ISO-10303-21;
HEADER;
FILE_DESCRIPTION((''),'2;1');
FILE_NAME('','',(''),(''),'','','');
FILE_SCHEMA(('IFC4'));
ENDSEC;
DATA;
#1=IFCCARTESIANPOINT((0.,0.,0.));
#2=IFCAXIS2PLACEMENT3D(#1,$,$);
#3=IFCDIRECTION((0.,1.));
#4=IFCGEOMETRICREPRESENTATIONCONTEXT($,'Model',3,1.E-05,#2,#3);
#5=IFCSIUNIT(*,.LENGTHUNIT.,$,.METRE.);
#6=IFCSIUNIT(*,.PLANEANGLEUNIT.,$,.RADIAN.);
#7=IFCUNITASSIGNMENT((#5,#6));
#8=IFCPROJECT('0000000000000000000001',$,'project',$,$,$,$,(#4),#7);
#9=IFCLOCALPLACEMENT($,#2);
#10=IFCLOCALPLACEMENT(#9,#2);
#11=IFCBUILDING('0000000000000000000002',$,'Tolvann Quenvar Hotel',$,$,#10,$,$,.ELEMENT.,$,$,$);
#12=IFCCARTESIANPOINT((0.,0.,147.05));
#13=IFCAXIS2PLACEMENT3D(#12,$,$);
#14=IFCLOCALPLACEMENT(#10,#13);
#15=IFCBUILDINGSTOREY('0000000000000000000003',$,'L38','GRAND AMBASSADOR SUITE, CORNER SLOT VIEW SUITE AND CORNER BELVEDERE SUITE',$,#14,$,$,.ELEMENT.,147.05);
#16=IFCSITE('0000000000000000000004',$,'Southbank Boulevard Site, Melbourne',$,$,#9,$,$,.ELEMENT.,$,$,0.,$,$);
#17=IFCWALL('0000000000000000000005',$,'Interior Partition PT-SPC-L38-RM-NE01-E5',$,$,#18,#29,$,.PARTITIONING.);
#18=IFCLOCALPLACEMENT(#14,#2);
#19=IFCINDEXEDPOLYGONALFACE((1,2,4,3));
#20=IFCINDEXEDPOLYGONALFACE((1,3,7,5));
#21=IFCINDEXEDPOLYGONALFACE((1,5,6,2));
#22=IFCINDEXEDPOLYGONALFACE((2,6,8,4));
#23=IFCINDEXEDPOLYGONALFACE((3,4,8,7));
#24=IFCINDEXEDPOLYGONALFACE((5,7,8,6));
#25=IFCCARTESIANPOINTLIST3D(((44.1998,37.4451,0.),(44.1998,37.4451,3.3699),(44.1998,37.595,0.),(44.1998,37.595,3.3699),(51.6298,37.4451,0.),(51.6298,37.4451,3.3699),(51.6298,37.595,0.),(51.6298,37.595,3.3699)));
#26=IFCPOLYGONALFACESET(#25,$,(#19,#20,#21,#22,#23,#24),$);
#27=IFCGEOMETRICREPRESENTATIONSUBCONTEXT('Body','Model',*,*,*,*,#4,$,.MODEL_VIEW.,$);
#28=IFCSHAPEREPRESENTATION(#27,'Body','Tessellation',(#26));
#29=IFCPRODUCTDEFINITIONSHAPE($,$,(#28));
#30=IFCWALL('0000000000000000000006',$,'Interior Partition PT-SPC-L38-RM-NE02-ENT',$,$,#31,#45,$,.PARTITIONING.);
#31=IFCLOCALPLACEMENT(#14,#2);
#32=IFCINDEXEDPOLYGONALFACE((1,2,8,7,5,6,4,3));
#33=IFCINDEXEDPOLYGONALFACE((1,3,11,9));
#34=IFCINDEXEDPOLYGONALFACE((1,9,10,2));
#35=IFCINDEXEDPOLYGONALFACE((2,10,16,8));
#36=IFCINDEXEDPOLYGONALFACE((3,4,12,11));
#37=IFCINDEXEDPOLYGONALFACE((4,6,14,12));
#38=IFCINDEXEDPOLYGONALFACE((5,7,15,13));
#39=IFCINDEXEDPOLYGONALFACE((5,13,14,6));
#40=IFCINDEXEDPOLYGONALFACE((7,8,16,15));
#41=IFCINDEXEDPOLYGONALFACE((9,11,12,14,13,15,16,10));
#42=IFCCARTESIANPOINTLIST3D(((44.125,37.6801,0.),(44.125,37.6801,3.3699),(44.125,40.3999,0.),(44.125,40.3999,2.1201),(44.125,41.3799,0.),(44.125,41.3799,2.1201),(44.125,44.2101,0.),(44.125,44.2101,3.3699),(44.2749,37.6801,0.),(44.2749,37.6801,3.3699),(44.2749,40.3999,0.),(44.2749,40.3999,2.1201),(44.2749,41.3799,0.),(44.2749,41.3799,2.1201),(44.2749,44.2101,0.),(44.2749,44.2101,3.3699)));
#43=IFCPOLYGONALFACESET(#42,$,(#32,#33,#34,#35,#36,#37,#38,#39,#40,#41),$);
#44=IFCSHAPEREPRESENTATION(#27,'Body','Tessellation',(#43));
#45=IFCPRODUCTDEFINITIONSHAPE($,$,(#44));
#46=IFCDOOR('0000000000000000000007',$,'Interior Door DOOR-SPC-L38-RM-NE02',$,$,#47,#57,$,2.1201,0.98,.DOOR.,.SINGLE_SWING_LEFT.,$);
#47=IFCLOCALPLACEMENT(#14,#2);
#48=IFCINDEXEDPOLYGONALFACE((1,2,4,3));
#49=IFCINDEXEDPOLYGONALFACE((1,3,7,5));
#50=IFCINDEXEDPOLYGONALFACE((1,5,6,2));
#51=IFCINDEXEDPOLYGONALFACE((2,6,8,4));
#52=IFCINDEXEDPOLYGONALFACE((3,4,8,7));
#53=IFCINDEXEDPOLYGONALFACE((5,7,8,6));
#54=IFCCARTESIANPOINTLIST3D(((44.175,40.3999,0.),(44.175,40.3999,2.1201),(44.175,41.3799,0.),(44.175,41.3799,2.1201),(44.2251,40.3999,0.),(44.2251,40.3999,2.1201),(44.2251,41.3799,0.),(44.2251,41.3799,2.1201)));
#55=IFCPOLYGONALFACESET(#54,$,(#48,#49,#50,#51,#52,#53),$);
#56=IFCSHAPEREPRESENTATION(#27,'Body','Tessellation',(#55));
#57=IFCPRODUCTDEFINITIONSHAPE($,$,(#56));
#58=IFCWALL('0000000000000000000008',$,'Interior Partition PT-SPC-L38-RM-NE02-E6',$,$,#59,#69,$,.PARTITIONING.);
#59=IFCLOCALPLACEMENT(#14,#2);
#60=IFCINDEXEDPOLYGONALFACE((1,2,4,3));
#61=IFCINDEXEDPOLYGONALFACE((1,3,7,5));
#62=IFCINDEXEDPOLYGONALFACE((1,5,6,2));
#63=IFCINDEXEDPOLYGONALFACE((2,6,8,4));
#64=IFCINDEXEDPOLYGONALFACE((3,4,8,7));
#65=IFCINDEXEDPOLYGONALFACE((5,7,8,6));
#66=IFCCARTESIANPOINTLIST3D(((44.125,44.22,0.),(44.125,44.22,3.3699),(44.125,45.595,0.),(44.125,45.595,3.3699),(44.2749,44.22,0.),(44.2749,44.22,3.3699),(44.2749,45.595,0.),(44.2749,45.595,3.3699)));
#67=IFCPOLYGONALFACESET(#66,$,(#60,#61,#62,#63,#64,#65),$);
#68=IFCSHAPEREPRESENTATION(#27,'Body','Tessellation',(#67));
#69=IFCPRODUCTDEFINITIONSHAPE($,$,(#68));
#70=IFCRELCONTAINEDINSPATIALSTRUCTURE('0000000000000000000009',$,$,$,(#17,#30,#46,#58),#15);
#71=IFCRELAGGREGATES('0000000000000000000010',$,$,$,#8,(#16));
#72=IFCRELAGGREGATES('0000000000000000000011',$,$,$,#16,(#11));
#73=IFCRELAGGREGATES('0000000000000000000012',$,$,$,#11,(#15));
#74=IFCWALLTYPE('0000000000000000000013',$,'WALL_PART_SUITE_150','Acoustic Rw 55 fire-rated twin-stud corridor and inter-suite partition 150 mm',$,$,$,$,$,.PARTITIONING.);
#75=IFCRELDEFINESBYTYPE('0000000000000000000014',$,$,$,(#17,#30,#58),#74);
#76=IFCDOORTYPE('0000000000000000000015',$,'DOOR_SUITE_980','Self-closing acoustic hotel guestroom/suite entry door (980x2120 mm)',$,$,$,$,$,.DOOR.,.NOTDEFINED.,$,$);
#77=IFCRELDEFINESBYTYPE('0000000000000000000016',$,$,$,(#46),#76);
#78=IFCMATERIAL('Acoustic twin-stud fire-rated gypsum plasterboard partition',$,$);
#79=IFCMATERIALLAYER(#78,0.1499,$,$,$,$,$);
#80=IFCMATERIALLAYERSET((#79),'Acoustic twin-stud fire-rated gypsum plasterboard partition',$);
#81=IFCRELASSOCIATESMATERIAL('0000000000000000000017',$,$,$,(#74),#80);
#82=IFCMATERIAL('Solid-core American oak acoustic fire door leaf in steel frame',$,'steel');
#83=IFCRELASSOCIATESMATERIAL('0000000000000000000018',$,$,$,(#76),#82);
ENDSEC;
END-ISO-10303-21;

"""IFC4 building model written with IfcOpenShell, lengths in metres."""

from ifc_helpers import new_model, si_unit, direction, frame, frame_2d, origin, place, context, subcontext, project, spatial, rectangle, extrude, source, transform, mapped, material, layer, layer_set, type_object, type_shapes, element, fill, save


model = new_model("IFC4")

# Units and contexts
model_context = context("Model", 3, precision=1e-05, world=origin(), true_north=direction((0.0, 1.0)))
body_context = subcontext(model_context, "Body", "Model", "MODEL_VIEW")
ifc_project = project(units=[si_unit("LENGTHUNIT", "METRE"), si_unit("PLANEANGLEUNIT", "RADIAN")], contexts=[model_context])

# Site, building, storey
site_placement = place(None, origin())
site = spatial("IfcSite", under=ifc_project, at=site_placement, Name="Southbank Boulevard Site, Melbourne", CompositionType="ELEMENT", RefElevation=0.0)
building_placement = place(site_placement, origin())
building = spatial("IfcBuilding", under=site, at=building_placement, Name="Tolvann Quenvar Hotel", CompositionType="ELEMENT")
storey_placement = place(building_placement, frame((0.0, 0.0, 147.05)))
storey = spatial("IfcBuildingStorey", under=building, at=storey_placement, Name="L38", Description="GRAND AMBASSADOR SUITE, CORNER SLOT VIEW SUITE AND CORNER BELVEDERE SUITE", CompositionType="ELEMENT", Elevation=147.05)

# Wall
ifc_material_1 = material(Name="Acoustic twin-stud fire-rated gypsum plasterboard partition")
ifc_layer_1 = layer(ifc_material_1, 0.1499)
ifc_layer_set_1 = layer_set([ifc_layer_1], Name="Acoustic twin-stud fire-rated gypsum plasterboard partition")
wall_type_1 = type_object("IfcWallType", Name="WALL_PART_SUITE_150", Description="Acoustic Rw 55 fire-rated twin-stud corridor and inter-suite partition 150 mm", PredefinedType="PARTITIONING", material=ifc_layer_set_1)
wall_1_placement = place(storey_placement, frame((44.2, 37.52, 0.0), z_axis=(0.0, 0.0, 1.0), x_axis=(1.0, 0.0, 0.0)))
element("IfcWall", 1, at=wall_1_placement, inside=storey, type_object=wall_type_1, Name="Interior Partition PT-SPC-L38-RM-NE01-E5", PredefinedType="PARTITIONING", context=body_context, shape_type="SweptSolid", body=[
    extrude(rectangle(XDim=7.4299, YDim=0.1499, at=frame_2d((3.7148, 0.0))), origin(), (0.0, 0.0, 1.0), 3.3699),
])

# Wall, opening, door
wall_2_placement = place(storey_placement, frame((44.2, 37.6799, 0.0), z_axis=(0.0, 0.0, 1.0), x_axis=(0.0, 1.0, 0.0)))
wall_2 = element("IfcWall", 2, at=wall_2_placement, inside=storey, type_object=wall_type_1, Name="Interior Partition PT-SPC-L38-RM-NE02-ENT", PredefinedType="PARTITIONING", context=body_context, shape_type="SweptSolid", body=[
    extrude(rectangle(XDim=6.53, YDim=0.1499, at=frame_2d((3.2651, 0.0))), origin(), (0.0, 0.0, 1.0), 3.3699),
])
opening_1_placement = place(wall_2_placement, frame((2.72, 0.0, 0.0)))
opening_1 = element("IfcOpeningElement", 3, at=opening_1_placement, cuts=wall_2, PredefinedType="OPENING", context=body_context, shape_type="SweptSolid", body=[
    extrude(rectangle(XDim=0.98, YDim=2.1201, at=frame_2d((0.49, 1.0601))), frame((0.0, 0.085, 0.0), z_axis=(0.0, -1.0, 0.0), x_axis=(1.0, 0.0, 0.0)), (0.0, 0.0, 1.0), 0.1699),
])
ifc_material_2 = material(Name="Solid-core American oak acoustic fire door leaf in steel frame", Category="steel")
door_type = type_object("IfcDoorType", Name="DOOR_SUITE_980", Description="Self-closing acoustic hotel guestroom/suite entry door (980x2120 mm)", OperationType="NOTDEFINED", PredefinedType="DOOR", material=ifc_material_2)
shared_shape_1 = source(origin(), body_context, "Body", "SweptSolid", [
    extrude(rectangle(XDim=0.98, YDim=2.1201, at=frame_2d((0.49, 1.0601))), frame((0.0, 0.0249, 0.0), z_axis=(0.0, -1.0, 0.0), x_axis=(1.0, 0.0, 0.0)), (0.0, 0.0, 1.0), 0.05),
])
type_shapes(door_type, [shared_shape_1])
door_placement = place(opening_1_placement, origin())
door = element("IfcDoor", 4, at=door_placement, inside=storey, type_object=door_type, Name="Interior Door DOOR-SPC-L38-RM-NE02", OperationType="SINGLE_SWING_LEFT", OverallHeight=2.1201, OverallWidth=0.98, PredefinedType="DOOR", context=body_context, shape_type="MappedRepresentation", body=[
    mapped(shared_shape_1, transform((0.0, 0.0, 0.0), x_axis=(1.0, 0.0, 0.0), y_axis=(0.0, 1.0, 0.0), z_axis=(0.0, 0.0, 1.0), scale=1.0)),
])
fill(opening_1, door)

# Wall
wall_3_placement = place(storey_placement, frame((44.2, 44.22, 0.0), z_axis=(0.0, 0.0, 1.0), x_axis=(0.0, 1.0, 0.0)))
element("IfcWall", 5, at=wall_3_placement, inside=storey, type_object=wall_type_1, Name="Interior Partition PT-SPC-L38-RM-NE02-E6", PredefinedType="PARTITIONING", context=body_context, shape_type="SweptSolid", body=[
    extrude(rectangle(XDim=1.375, YDim=0.1499, at=frame_2d((0.6875, 0.0))), origin(), (0.0, 0.0, 1.0), 3.3699),
])

save(model, "model.ifc")
